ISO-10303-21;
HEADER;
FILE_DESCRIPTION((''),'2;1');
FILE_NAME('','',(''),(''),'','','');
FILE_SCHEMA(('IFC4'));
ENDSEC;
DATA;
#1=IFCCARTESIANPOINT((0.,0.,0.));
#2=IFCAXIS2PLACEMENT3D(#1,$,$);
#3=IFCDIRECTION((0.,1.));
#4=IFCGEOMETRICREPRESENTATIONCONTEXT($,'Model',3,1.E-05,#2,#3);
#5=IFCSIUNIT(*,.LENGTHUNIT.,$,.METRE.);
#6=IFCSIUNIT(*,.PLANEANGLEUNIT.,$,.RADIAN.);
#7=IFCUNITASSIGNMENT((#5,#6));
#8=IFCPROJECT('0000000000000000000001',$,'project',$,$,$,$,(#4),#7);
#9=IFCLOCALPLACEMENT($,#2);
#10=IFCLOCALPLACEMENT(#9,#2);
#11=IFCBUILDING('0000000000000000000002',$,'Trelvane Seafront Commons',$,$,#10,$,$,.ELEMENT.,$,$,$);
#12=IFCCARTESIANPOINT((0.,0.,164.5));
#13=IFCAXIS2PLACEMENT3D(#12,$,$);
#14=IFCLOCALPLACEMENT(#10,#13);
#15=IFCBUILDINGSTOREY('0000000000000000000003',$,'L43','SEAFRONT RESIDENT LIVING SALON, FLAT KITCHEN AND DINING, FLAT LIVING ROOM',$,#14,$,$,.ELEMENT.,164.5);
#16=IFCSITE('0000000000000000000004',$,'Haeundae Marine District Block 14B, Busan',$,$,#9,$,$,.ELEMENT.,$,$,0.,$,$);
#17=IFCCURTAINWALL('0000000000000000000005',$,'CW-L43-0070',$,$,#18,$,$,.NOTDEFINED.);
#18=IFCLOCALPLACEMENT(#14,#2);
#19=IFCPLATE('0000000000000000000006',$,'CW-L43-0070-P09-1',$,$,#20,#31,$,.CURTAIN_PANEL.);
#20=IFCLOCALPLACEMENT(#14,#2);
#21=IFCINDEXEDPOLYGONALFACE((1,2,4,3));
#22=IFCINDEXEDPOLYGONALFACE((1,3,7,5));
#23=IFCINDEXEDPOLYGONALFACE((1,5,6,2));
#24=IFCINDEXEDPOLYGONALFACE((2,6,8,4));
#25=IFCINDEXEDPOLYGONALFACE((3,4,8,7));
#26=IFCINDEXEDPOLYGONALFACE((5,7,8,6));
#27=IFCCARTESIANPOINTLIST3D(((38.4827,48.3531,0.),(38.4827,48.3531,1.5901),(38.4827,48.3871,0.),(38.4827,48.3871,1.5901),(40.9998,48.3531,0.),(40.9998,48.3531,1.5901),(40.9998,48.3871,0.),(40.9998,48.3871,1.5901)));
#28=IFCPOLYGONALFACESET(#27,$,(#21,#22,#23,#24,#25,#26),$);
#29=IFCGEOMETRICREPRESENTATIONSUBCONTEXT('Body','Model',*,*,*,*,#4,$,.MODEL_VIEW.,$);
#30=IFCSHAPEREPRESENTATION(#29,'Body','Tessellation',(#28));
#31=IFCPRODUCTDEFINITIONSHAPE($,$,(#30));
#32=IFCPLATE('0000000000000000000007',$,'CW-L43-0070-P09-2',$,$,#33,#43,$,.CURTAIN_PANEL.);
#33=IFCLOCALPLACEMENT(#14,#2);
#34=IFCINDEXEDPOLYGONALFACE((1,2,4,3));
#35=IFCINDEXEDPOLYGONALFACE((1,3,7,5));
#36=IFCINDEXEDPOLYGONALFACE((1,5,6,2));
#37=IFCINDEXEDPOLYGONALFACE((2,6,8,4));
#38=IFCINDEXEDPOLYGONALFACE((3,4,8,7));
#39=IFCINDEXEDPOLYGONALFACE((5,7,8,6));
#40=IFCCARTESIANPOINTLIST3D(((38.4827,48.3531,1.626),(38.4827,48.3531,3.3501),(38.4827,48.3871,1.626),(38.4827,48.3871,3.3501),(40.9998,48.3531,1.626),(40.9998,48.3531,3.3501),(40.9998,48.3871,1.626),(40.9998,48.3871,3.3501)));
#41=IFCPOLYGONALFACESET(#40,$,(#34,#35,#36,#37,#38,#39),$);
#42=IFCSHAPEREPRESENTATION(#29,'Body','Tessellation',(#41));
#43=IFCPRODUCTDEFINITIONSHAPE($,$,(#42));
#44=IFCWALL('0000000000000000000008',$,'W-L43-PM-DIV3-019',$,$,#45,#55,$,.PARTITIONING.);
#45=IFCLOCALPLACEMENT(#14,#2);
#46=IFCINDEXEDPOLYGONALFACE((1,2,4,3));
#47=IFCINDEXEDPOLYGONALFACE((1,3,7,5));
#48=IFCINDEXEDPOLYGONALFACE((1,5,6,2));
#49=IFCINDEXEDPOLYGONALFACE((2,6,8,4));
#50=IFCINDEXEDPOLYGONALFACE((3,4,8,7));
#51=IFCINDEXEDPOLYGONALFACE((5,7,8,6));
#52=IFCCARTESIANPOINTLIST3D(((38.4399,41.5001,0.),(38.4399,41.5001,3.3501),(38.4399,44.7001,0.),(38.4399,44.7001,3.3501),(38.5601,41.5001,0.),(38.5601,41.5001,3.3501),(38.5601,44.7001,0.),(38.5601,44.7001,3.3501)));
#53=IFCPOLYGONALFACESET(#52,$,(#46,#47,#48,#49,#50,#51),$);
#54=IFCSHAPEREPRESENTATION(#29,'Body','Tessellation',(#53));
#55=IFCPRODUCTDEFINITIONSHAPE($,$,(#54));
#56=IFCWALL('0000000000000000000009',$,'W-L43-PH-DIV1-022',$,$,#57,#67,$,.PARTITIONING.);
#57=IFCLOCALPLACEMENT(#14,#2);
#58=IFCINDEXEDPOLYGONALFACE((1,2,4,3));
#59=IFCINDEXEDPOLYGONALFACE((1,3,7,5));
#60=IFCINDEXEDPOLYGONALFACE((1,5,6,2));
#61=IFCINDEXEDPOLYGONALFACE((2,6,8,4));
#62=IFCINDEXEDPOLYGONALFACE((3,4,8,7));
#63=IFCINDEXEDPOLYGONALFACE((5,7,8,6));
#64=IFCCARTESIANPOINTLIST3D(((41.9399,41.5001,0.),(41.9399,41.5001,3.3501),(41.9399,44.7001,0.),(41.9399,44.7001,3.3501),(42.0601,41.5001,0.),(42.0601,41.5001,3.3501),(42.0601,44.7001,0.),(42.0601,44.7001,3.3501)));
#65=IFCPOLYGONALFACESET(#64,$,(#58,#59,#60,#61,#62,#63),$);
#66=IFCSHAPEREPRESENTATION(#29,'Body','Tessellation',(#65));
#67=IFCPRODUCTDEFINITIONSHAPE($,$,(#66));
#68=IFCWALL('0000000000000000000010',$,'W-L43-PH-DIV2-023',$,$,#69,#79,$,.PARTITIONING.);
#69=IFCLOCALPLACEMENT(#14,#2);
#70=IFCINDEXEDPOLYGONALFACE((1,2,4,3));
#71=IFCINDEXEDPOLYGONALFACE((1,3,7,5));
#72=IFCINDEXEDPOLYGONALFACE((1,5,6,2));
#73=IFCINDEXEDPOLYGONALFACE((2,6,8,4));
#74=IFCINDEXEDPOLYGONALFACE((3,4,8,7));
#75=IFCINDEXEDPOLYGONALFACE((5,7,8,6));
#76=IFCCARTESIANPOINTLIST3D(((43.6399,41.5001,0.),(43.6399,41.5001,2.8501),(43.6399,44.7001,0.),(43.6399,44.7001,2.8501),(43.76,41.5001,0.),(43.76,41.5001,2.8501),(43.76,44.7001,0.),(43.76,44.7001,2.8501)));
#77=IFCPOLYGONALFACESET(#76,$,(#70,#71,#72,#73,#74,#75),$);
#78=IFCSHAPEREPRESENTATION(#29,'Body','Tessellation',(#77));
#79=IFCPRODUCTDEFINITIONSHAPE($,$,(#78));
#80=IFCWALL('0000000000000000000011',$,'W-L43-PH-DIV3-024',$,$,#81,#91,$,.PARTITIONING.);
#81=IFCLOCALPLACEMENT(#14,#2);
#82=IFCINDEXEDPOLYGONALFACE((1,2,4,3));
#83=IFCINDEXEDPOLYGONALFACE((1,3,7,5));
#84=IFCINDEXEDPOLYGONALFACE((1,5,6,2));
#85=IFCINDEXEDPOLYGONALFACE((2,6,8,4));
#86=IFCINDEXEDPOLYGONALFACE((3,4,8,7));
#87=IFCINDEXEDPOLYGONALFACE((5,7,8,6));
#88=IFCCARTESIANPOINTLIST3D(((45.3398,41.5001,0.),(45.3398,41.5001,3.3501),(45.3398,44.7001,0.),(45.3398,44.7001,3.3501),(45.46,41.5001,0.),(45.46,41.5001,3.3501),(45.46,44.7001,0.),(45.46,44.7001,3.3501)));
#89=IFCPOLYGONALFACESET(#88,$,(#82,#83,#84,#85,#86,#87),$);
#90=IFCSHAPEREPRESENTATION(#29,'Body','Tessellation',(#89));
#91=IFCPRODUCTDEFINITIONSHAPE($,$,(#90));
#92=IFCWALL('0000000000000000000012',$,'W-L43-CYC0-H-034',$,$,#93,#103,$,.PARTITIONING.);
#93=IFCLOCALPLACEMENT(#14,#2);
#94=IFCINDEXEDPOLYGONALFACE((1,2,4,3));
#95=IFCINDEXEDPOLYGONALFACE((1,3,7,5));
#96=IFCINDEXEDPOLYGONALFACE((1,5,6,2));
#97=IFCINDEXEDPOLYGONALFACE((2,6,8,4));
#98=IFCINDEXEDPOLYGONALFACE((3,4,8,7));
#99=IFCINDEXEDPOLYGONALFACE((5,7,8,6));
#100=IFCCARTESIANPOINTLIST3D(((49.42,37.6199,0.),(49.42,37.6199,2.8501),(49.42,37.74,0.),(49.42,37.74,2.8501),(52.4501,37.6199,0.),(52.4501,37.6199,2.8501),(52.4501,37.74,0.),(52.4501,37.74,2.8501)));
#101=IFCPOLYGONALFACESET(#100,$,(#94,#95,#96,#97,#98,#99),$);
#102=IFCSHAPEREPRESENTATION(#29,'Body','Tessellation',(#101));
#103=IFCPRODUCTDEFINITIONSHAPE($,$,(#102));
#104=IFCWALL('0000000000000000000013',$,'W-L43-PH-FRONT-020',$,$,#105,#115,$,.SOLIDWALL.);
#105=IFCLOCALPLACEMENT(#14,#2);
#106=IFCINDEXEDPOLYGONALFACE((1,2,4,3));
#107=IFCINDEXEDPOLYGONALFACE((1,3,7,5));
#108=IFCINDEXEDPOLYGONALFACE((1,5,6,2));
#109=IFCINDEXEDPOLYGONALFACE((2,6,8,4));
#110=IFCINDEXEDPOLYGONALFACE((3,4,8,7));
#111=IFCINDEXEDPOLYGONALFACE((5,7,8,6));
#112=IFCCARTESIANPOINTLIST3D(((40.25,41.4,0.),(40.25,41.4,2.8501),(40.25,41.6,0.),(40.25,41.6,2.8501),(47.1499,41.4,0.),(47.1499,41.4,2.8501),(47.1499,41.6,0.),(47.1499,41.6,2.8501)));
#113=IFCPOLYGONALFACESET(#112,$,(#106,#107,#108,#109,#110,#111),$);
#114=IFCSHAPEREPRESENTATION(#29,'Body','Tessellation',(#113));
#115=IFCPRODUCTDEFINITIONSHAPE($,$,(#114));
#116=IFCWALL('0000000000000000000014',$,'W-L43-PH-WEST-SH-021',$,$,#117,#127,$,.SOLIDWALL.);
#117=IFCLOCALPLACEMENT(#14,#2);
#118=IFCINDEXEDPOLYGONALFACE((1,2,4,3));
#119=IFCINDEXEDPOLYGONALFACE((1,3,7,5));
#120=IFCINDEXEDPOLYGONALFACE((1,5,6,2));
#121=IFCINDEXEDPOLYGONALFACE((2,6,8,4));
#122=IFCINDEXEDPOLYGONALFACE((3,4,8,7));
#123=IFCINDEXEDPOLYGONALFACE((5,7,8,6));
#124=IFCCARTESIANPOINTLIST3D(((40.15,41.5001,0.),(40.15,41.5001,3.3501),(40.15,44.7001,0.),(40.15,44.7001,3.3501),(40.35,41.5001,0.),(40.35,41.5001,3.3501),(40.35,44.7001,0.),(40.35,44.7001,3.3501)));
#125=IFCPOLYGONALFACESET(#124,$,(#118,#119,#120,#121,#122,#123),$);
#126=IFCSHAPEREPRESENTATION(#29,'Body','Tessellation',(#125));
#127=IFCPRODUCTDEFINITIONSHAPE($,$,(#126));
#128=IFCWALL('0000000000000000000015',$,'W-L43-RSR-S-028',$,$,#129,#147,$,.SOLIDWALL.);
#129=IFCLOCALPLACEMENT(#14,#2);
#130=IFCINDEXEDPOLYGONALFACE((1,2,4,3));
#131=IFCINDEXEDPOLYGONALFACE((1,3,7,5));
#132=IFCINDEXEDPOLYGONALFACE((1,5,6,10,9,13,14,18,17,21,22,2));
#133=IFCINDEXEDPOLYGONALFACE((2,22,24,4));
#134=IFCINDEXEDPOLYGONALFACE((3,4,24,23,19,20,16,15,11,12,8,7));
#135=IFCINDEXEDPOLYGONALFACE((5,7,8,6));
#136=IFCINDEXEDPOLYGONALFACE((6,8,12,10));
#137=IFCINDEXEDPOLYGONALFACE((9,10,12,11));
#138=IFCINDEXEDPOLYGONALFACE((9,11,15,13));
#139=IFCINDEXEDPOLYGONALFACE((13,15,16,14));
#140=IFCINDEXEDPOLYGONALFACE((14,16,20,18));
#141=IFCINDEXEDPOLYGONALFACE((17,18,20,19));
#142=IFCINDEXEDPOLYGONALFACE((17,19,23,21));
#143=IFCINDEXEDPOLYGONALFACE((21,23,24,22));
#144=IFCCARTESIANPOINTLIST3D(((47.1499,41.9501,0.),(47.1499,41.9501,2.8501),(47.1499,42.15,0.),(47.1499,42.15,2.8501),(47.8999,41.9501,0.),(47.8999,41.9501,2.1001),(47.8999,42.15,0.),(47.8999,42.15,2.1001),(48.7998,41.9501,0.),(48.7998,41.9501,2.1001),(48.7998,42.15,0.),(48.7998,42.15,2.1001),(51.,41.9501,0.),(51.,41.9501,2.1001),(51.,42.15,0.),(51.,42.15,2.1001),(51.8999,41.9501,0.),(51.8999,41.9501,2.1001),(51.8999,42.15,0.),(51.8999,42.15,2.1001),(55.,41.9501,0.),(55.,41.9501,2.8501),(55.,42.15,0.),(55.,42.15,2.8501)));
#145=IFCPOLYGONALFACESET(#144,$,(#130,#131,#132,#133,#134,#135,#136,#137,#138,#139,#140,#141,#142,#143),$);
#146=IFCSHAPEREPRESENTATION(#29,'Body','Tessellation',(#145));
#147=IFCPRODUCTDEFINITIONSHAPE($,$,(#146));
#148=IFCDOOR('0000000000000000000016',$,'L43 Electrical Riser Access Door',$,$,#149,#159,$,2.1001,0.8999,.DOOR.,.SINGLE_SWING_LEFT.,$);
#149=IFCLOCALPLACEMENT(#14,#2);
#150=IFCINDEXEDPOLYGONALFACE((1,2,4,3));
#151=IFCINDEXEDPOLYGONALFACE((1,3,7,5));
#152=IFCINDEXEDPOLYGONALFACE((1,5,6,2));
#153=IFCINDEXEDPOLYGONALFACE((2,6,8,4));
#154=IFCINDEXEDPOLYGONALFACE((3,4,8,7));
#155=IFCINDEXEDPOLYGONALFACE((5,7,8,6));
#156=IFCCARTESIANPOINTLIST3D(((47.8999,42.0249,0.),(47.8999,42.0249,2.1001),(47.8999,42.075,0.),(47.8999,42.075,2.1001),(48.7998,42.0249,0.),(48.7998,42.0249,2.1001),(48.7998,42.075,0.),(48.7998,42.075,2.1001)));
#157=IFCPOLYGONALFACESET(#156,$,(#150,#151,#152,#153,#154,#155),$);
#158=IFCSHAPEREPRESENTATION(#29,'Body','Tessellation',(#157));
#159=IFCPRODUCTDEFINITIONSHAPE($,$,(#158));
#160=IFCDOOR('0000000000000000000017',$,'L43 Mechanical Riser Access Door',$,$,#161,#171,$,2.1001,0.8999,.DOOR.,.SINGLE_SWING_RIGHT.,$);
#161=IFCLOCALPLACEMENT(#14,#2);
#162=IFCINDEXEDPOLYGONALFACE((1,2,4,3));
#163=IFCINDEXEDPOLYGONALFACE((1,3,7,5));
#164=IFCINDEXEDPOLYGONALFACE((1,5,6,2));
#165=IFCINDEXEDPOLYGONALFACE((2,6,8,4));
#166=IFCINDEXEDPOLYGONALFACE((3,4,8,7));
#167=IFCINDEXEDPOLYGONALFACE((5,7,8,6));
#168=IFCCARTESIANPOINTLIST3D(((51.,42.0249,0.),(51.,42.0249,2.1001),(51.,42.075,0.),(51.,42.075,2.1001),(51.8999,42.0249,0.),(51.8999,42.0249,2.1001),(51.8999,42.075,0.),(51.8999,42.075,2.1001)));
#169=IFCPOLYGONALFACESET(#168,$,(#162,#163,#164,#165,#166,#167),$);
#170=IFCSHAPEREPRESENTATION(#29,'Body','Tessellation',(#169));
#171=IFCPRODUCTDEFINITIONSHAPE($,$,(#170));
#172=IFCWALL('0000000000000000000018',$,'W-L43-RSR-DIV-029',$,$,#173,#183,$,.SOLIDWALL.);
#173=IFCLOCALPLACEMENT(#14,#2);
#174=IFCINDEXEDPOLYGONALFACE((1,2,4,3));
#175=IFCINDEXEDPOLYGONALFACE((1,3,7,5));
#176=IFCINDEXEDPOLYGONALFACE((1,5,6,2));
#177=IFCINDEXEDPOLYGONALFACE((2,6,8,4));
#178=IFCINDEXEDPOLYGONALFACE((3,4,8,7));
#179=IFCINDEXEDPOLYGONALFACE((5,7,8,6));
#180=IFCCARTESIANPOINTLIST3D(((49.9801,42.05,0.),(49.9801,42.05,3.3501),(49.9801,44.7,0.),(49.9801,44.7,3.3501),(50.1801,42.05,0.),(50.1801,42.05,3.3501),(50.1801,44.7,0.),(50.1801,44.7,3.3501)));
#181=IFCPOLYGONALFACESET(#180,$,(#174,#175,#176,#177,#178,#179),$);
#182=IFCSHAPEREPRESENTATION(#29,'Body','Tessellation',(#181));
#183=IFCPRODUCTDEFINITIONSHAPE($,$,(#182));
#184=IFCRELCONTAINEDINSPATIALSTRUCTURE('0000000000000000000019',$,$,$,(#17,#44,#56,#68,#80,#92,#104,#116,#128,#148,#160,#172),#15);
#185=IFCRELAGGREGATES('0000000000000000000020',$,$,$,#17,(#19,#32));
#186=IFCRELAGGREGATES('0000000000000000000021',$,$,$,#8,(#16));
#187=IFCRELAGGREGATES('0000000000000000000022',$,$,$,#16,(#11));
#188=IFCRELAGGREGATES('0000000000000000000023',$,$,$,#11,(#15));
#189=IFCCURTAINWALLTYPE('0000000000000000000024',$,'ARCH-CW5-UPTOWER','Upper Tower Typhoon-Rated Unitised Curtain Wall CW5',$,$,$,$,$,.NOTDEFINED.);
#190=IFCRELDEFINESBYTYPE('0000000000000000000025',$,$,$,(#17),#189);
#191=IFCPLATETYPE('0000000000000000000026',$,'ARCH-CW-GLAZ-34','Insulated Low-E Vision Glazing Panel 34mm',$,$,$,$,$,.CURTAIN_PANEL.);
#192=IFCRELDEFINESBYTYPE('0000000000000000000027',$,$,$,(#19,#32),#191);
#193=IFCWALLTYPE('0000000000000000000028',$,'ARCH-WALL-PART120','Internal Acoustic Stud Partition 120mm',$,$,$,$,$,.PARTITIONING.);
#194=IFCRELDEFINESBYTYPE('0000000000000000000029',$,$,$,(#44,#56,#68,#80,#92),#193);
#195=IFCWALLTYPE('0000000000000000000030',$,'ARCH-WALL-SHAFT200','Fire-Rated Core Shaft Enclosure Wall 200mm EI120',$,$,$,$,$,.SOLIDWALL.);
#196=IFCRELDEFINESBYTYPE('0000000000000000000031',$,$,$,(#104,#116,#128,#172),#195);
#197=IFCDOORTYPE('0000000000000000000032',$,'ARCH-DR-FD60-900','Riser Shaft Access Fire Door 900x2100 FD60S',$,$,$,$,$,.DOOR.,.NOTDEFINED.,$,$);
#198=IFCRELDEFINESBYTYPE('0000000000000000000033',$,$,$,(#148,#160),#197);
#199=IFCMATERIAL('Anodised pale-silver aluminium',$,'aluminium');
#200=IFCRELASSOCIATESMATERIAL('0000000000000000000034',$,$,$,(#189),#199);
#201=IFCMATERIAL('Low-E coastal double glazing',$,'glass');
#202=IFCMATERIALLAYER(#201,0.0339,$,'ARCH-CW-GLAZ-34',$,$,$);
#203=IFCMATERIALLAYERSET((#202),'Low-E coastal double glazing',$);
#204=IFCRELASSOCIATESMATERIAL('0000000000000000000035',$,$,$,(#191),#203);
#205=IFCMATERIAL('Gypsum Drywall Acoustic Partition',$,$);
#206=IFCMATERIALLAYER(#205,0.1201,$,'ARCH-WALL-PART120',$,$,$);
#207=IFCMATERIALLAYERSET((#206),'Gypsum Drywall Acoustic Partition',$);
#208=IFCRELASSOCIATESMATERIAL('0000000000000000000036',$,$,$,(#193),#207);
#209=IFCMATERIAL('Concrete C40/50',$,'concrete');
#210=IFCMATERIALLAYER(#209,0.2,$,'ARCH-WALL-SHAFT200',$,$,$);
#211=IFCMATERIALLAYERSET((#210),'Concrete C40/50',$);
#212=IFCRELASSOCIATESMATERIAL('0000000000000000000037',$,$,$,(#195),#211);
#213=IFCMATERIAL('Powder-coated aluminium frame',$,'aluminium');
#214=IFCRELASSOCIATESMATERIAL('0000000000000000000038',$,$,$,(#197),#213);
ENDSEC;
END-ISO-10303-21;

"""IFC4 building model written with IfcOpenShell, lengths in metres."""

from ifc_helpers import new_model, si_unit, direction, frame, frame_2d, origin, origin_2d, place, context, subcontext, project, spatial, rectangle, extrude, source, transform, mapped, material, layer, layer_set, type_object, element, fill, aggregate, save


model = new_model("IFC4")

# Units and contexts
model_context = context("Model", 3, precision=1e-05, world=origin(), true_north=direction((0.0, 1.0)))
body_context = subcontext(model_context, "Body", "Model", "MODEL_VIEW")
ifc_project = project(units=[si_unit("LENGTHUNIT", "METRE"), si_unit("PLANEANGLEUNIT", "RADIAN")], contexts=[model_context])

# Site, building, storey
site_placement = place(None, origin())
site = spatial("IfcSite", under=ifc_project, at=site_placement, Name="Haeundae Marine District Block 14B, Busan", CompositionType="ELEMENT", RefElevation=0.0)
building_placement = place(site_placement, origin())
building = spatial("IfcBuilding", under=site, at=building_placement, Name="Trelvane Seafront Commons", CompositionType="ELEMENT")
storey_placement = place(building_placement, frame((0.0, 0.0, 164.5)))
storey = spatial("IfcBuildingStorey", under=building, at=storey_placement, Name="L43", Description="SEAFRONT RESIDENT LIVING SALON, FLAT KITCHEN AND DINING, FLAT LIVING ROOM", CompositionType="ELEMENT", Elevation=164.5)

# Curtain wall, plates
ifc_material_1 = material(Name="Anodised pale-silver aluminium", Category="aluminium")
curtain_wall_type = type_object("IfcCurtainWallType", Name="ARCH-CW5-UPTOWER", Description="Upper Tower Typhoon-Rated Unitised Curtain Wall CW5", PredefinedType="NOTDEFINED", material=ifc_material_1)
curtain_wall_placement = place(storey_placement, origin())
curtain_wall = element("IfcCurtainWall", 1, at=curtain_wall_placement, inside=storey, type_object=curtain_wall_type, Name="CW-L43-0070", PredefinedType="NOTDEFINED")
ifc_material_2 = material(Name="Low-E coastal double glazing", Category="glass")
ifc_layer_1 = layer(ifc_material_2, 0.0339, Name="ARCH-CW-GLAZ-34")
ifc_layer_set_1 = layer_set([ifc_layer_1], Name="Low-E coastal double glazing")
plate_type = type_object("IfcPlateType", Name="ARCH-CW-GLAZ-34", Description="Insulated Low-E Vision Glazing Panel 34mm", PredefinedType="CURTAIN_PANEL", material=ifc_layer_set_1)
shared_shape_1 = source(origin(), body_context, "Body", "SweptSolid", [
    extrude(rectangle(XDim=2.5171, YDim=0.0339, at=origin_2d()), origin(), (0.0, 0.0, 1.0), 1.5901),
])
plate_1_placement = place(storey_placement, frame((39.7412, 48.3701, 0.0), z_axis=(0.0, 0.0, 1.0), x_axis=(1.0, 0.0, 0.0)))
plate_1 = element("IfcPlate", 2, at=plate_1_placement, type_object=plate_type, Name="CW-L43-0070-P09-1", PredefinedType="CURTAIN_PANEL", context=body_context, shape_type="MappedRepresentation", body=[
    mapped(shared_shape_1, transform((0.0, 0.0, 0.0), x_axis=(1.0, 0.0, 0.0), y_axis=(0.0, 1.0, 0.0), z_axis=(0.0, 0.0, 1.0), scale=1.0)),
])
shared_shape_2 = source(origin(), body_context, "Body", "SweptSolid", [
    extrude(rectangle(XDim=2.5171, YDim=0.0339, at=origin_2d()), origin(), (0.0, 0.0, 1.0), 1.7241),
])
plate_2_placement = place(storey_placement, frame((39.7412, 48.3701, 1.626), z_axis=(0.0, 0.0, 1.0), x_axis=(1.0, 0.0, 0.0)))
plate_2 = element("IfcPlate", 3, at=plate_2_placement, type_object=plate_type, Name="CW-L43-0070-P09-2", PredefinedType="CURTAIN_PANEL", context=body_context, shape_type="MappedRepresentation", body=[
    mapped(shared_shape_2, transform((0.0, 0.0, 0.0), x_axis=(1.0, 0.0, 0.0), y_axis=(0.0, 1.0, 0.0), z_axis=(0.0, 0.0, 1.0), scale=1.0)),
])
aggregate(curtain_wall, [plate_1, plate_2])

# Walls
ifc_material_3 = material(Name="Gypsum Drywall Acoustic Partition")
ifc_layer_2 = layer(ifc_material_3, 0.1201, Name="ARCH-WALL-PART120")
ifc_layer_set_2 = layer_set([ifc_layer_2], Name="Gypsum Drywall Acoustic Partition")
wall_type_1 = type_object("IfcWallType", Name="ARCH-WALL-PART120", Description="Internal Acoustic Stud Partition 120mm", PredefinedType="PARTITIONING", material=ifc_layer_set_2)
for number, where, z_axis, x_axis, name in (
    (4, (38.5, 41.5, 0.0), (0.0, 0.0, 1.0), (0.0, 1.0, 0.0), "W-L43-PM-DIV3-019"),
    (5, (42.0, 41.5, 0.0), (0.0, 0.0, 1.0), (0.0, 1.0, 0.0), "W-L43-PH-DIV1-022"),
):
    element("IfcWall", number, at=place(storey_placement, frame(where, z_axis=z_axis, x_axis=x_axis)), inside=storey, type_object=wall_type_1, Name=name, PredefinedType="PARTITIONING", context=body_context, shape_type="SweptSolid", body=[
        extrude(rectangle(XDim=3.2, YDim=0.1201, at=frame_2d((1.6001, 0.0))), origin(), (0.0, 0.0, 1.0), 3.3501),
    ])
wall_1_placement = place(storey_placement, frame((43.7, 41.5, 0.0), z_axis=(0.0, 0.0, 1.0), x_axis=(0.0, 1.0, 0.0)))
element("IfcWall", 6, at=wall_1_placement, inside=storey, type_object=wall_type_1, Name="W-L43-PH-DIV2-023", PredefinedType="PARTITIONING", context=body_context, shape_type="SweptSolid", body=[
    extrude(rectangle(XDim=3.2, YDim=0.1201, at=frame_2d((1.6001, 0.0))), origin(), (0.0, 0.0, 1.0), 2.8501),
])
wall_2_placement = place(storey_placement, frame((45.3999, 41.5, 0.0), z_axis=(0.0, 0.0, 1.0), x_axis=(0.0, 1.0, 0.0)))
element("IfcWall", 7, at=wall_2_placement, inside=storey, type_object=wall_type_1, Name="W-L43-PH-DIV3-024", PredefinedType="PARTITIONING", context=body_context, shape_type="SweptSolid", body=[
    extrude(rectangle(XDim=3.2, YDim=0.1201, at=frame_2d((1.6001, 0.0))), origin(), (0.0, 0.0, 1.0), 3.3501),
])
wall_3_placement = place(storey_placement, frame((49.4199, 37.6799, 0.0), z_axis=(0.0, 0.0, 1.0), x_axis=(1.0, 0.0, 0.0)))
element("IfcWall", 8, at=wall_3_placement, inside=storey, type_object=wall_type_1, Name="W-L43-CYC0-H-034", PredefinedType="PARTITIONING", context=body_context, shape_type="SweptSolid", body=[
    extrude(rectangle(XDim=3.03, YDim=0.1201, at=frame_2d((1.5151, 0.0))), origin(), (0.0, 0.0, 1.0), 2.8501),
])

# Walls
ifc_material_4 = material(Name="Concrete C40/50", Category="concrete")
ifc_layer_3 = layer(ifc_material_4, 0.2, Name="ARCH-WALL-SHAFT200")
ifc_layer_set_3 = layer_set([ifc_layer_3], Name="Concrete C40/50")
wall_type_2 = type_object("IfcWallType", Name="ARCH-WALL-SHAFT200", Description="Fire-Rated Core Shaft Enclosure Wall 200mm EI120", PredefinedType="SOLIDWALL", material=ifc_layer_set_3)
wall_4_placement = place(storey_placement, frame((40.25, 41.5, 0.0), z_axis=(0.0, 0.0, 1.0), x_axis=(1.0, 0.0, 0.0)))
element("IfcWall", 9, at=wall_4_placement, inside=storey, type_object=wall_type_2, Name="W-L43-PH-FRONT-020", PredefinedType="SOLIDWALL", context=body_context, shape_type="SweptSolid", body=[
    extrude(rectangle(XDim=6.8999, YDim=0.2, at=frame_2d((3.45, 0.0))), origin(), (0.0, 0.0, 1.0), 2.8501),
])
wall_5_placement = place(storey_placement, frame((40.25, 41.5, 0.0), z_axis=(0.0, 0.0, 1.0), x_axis=(0.0, 1.0, 0.0)))
element("IfcWall", 10, at=wall_5_placement, inside=storey, type_object=wall_type_2, Name="W-L43-PH-WEST-SH-021", PredefinedType="SOLIDWALL", context=body_context, shape_type="SweptSolid", body=[
    extrude(rectangle(XDim=3.2, YDim=0.2, at=frame_2d((1.6001, 0.0))), origin(), (0.0, 0.0, 1.0), 3.3501),
])

# Wall, openings, doors
wall_6_placement = place(storey_placement, frame((47.1499, 42.05, 0.0), z_axis=(0.0, 0.0, 1.0), x_axis=(1.0, 0.0, 0.0)))
wall_6 = element("IfcWall", 11, at=wall_6_placement, inside=storey, type_object=wall_type_2, Name="W-L43-RSR-S-028", PredefinedType="SOLIDWALL", context=body_context, shape_type="SweptSolid", body=[
    extrude(rectangle(XDim=7.8501, YDim=0.2, at=frame_2d((3.925, 0.0))), origin(), (0.0, 0.0, 1.0), 2.8501),
])
opening_1_placement = place(wall_6_placement, frame((0.75, 0.0, 0.0)))
opening_1 = element("IfcOpeningElement", 12, at=opening_1_placement, cuts=wall_6, PredefinedType="OPENING", context=body_context, shape_type="SweptSolid", body=[
    extrude(rectangle(XDim=0.8999, YDim=2.1001, at=frame_2d((0.45, 1.05))), frame((0.0, 0.1099, 0.0), z_axis=(0.0, -1.0, 0.0), x_axis=(1.0, 0.0, 0.0)), (0.0, 0.0, 1.0), 0.22),
])
opening_2_placement = place(wall_6_placement, frame((3.8501, 0.0, 0.0)))
opening_2 = element("IfcOpeningElement", 13, at=opening_2_placement, cuts=wall_6, PredefinedType="OPENING", context=body_context, shape_type="SweptSolid", body=[
    extrude(rectangle(XDim=0.8999, YDim=2.1001, at=frame_2d((0.45, 1.05))), frame((0.0, 0.1099, 0.0), z_axis=(0.0, -1.0, 0.0), x_axis=(1.0, 0.0, 0.0)), (0.0, 0.0, 1.0), 0.22),
])
ifc_material_5 = material(Name="Powder-coated aluminium frame", Category="aluminium")
door_type_1 = type_object("IfcDoorType", Name="ARCH-DR-FD60-900", Description="Riser Shaft Access Fire Door 900x2100 FD60S", OperationType="NOTDEFINED", PredefinedType="DOOR", material=ifc_material_5)
shared_shape_3 = source(origin(), body_context, "Body", "SweptSolid", [
    extrude(rectangle(XDim=0.8999, YDim=2.1001, at=frame_2d((0.45, 1.05))), frame((0.0, 0.0249, 0.0), z_axis=(0.0, -1.0, 0.0), x_axis=(1.0, 0.0, 0.0)), (0.0, 0.0, 1.0), 0.05),
])
door_1_placement = place(opening_1_placement, origin())
door_1 = element("IfcDoor", 14, at=door_1_placement, inside=storey, type_object=door_type_1, Name="L43 Electrical Riser Access Door", OperationType="SINGLE_SWING_LEFT", OverallHeight=2.1001, OverallWidth=0.8999, PredefinedType="DOOR", context=body_context, shape_type="MappedRepresentation", body=[
    mapped(shared_shape_3, transform((0.0, 0.0, 0.0), x_axis=(1.0, 0.0, 0.0), y_axis=(0.0, 1.0, 0.0), z_axis=(0.0, 0.0, 1.0), scale=1.0)),
])
fill(opening_1, door_1)
door_2_placement = place(opening_2_placement, origin())
door_2 = element("IfcDoor", 15, at=door_2_placement, inside=storey, type_object=door_type_1, Name="L43 Mechanical Riser Access Door", OperationType="SINGLE_SWING_RIGHT", OverallHeight=2.1001, OverallWidth=0.8999, PredefinedType="DOOR", context=body_context, shape_type="MappedRepresentation", body=[
    mapped(shared_shape_3, transform((0.0, 0.0, 0.0), x_axis=(1.0, 0.0, 0.0), y_axis=(0.0, 1.0, 0.0), z_axis=(0.0, 0.0, 1.0), scale=1.0)),
])
fill(opening_2, door_2)

# Wall
wall_7_placement = place(storey_placement, frame((50.0801, 42.05, 0.0), z_axis=(0.0, 0.0, 1.0), x_axis=(0.0, 1.0, 0.0)))
element("IfcWall", 16, at=wall_7_placement, inside=storey, type_object=wall_type_2, Name="W-L43-RSR-DIV-029", PredefinedType="SOLIDWALL", context=body_context, shape_type="SweptSolid", body=[
    extrude(rectangle(XDim=2.6499, YDim=0.2, at=frame_2d((1.325, 0.0))), origin(), (0.0, 0.0, 1.0), 3.3501),
])

save(model, "model.ifc")
